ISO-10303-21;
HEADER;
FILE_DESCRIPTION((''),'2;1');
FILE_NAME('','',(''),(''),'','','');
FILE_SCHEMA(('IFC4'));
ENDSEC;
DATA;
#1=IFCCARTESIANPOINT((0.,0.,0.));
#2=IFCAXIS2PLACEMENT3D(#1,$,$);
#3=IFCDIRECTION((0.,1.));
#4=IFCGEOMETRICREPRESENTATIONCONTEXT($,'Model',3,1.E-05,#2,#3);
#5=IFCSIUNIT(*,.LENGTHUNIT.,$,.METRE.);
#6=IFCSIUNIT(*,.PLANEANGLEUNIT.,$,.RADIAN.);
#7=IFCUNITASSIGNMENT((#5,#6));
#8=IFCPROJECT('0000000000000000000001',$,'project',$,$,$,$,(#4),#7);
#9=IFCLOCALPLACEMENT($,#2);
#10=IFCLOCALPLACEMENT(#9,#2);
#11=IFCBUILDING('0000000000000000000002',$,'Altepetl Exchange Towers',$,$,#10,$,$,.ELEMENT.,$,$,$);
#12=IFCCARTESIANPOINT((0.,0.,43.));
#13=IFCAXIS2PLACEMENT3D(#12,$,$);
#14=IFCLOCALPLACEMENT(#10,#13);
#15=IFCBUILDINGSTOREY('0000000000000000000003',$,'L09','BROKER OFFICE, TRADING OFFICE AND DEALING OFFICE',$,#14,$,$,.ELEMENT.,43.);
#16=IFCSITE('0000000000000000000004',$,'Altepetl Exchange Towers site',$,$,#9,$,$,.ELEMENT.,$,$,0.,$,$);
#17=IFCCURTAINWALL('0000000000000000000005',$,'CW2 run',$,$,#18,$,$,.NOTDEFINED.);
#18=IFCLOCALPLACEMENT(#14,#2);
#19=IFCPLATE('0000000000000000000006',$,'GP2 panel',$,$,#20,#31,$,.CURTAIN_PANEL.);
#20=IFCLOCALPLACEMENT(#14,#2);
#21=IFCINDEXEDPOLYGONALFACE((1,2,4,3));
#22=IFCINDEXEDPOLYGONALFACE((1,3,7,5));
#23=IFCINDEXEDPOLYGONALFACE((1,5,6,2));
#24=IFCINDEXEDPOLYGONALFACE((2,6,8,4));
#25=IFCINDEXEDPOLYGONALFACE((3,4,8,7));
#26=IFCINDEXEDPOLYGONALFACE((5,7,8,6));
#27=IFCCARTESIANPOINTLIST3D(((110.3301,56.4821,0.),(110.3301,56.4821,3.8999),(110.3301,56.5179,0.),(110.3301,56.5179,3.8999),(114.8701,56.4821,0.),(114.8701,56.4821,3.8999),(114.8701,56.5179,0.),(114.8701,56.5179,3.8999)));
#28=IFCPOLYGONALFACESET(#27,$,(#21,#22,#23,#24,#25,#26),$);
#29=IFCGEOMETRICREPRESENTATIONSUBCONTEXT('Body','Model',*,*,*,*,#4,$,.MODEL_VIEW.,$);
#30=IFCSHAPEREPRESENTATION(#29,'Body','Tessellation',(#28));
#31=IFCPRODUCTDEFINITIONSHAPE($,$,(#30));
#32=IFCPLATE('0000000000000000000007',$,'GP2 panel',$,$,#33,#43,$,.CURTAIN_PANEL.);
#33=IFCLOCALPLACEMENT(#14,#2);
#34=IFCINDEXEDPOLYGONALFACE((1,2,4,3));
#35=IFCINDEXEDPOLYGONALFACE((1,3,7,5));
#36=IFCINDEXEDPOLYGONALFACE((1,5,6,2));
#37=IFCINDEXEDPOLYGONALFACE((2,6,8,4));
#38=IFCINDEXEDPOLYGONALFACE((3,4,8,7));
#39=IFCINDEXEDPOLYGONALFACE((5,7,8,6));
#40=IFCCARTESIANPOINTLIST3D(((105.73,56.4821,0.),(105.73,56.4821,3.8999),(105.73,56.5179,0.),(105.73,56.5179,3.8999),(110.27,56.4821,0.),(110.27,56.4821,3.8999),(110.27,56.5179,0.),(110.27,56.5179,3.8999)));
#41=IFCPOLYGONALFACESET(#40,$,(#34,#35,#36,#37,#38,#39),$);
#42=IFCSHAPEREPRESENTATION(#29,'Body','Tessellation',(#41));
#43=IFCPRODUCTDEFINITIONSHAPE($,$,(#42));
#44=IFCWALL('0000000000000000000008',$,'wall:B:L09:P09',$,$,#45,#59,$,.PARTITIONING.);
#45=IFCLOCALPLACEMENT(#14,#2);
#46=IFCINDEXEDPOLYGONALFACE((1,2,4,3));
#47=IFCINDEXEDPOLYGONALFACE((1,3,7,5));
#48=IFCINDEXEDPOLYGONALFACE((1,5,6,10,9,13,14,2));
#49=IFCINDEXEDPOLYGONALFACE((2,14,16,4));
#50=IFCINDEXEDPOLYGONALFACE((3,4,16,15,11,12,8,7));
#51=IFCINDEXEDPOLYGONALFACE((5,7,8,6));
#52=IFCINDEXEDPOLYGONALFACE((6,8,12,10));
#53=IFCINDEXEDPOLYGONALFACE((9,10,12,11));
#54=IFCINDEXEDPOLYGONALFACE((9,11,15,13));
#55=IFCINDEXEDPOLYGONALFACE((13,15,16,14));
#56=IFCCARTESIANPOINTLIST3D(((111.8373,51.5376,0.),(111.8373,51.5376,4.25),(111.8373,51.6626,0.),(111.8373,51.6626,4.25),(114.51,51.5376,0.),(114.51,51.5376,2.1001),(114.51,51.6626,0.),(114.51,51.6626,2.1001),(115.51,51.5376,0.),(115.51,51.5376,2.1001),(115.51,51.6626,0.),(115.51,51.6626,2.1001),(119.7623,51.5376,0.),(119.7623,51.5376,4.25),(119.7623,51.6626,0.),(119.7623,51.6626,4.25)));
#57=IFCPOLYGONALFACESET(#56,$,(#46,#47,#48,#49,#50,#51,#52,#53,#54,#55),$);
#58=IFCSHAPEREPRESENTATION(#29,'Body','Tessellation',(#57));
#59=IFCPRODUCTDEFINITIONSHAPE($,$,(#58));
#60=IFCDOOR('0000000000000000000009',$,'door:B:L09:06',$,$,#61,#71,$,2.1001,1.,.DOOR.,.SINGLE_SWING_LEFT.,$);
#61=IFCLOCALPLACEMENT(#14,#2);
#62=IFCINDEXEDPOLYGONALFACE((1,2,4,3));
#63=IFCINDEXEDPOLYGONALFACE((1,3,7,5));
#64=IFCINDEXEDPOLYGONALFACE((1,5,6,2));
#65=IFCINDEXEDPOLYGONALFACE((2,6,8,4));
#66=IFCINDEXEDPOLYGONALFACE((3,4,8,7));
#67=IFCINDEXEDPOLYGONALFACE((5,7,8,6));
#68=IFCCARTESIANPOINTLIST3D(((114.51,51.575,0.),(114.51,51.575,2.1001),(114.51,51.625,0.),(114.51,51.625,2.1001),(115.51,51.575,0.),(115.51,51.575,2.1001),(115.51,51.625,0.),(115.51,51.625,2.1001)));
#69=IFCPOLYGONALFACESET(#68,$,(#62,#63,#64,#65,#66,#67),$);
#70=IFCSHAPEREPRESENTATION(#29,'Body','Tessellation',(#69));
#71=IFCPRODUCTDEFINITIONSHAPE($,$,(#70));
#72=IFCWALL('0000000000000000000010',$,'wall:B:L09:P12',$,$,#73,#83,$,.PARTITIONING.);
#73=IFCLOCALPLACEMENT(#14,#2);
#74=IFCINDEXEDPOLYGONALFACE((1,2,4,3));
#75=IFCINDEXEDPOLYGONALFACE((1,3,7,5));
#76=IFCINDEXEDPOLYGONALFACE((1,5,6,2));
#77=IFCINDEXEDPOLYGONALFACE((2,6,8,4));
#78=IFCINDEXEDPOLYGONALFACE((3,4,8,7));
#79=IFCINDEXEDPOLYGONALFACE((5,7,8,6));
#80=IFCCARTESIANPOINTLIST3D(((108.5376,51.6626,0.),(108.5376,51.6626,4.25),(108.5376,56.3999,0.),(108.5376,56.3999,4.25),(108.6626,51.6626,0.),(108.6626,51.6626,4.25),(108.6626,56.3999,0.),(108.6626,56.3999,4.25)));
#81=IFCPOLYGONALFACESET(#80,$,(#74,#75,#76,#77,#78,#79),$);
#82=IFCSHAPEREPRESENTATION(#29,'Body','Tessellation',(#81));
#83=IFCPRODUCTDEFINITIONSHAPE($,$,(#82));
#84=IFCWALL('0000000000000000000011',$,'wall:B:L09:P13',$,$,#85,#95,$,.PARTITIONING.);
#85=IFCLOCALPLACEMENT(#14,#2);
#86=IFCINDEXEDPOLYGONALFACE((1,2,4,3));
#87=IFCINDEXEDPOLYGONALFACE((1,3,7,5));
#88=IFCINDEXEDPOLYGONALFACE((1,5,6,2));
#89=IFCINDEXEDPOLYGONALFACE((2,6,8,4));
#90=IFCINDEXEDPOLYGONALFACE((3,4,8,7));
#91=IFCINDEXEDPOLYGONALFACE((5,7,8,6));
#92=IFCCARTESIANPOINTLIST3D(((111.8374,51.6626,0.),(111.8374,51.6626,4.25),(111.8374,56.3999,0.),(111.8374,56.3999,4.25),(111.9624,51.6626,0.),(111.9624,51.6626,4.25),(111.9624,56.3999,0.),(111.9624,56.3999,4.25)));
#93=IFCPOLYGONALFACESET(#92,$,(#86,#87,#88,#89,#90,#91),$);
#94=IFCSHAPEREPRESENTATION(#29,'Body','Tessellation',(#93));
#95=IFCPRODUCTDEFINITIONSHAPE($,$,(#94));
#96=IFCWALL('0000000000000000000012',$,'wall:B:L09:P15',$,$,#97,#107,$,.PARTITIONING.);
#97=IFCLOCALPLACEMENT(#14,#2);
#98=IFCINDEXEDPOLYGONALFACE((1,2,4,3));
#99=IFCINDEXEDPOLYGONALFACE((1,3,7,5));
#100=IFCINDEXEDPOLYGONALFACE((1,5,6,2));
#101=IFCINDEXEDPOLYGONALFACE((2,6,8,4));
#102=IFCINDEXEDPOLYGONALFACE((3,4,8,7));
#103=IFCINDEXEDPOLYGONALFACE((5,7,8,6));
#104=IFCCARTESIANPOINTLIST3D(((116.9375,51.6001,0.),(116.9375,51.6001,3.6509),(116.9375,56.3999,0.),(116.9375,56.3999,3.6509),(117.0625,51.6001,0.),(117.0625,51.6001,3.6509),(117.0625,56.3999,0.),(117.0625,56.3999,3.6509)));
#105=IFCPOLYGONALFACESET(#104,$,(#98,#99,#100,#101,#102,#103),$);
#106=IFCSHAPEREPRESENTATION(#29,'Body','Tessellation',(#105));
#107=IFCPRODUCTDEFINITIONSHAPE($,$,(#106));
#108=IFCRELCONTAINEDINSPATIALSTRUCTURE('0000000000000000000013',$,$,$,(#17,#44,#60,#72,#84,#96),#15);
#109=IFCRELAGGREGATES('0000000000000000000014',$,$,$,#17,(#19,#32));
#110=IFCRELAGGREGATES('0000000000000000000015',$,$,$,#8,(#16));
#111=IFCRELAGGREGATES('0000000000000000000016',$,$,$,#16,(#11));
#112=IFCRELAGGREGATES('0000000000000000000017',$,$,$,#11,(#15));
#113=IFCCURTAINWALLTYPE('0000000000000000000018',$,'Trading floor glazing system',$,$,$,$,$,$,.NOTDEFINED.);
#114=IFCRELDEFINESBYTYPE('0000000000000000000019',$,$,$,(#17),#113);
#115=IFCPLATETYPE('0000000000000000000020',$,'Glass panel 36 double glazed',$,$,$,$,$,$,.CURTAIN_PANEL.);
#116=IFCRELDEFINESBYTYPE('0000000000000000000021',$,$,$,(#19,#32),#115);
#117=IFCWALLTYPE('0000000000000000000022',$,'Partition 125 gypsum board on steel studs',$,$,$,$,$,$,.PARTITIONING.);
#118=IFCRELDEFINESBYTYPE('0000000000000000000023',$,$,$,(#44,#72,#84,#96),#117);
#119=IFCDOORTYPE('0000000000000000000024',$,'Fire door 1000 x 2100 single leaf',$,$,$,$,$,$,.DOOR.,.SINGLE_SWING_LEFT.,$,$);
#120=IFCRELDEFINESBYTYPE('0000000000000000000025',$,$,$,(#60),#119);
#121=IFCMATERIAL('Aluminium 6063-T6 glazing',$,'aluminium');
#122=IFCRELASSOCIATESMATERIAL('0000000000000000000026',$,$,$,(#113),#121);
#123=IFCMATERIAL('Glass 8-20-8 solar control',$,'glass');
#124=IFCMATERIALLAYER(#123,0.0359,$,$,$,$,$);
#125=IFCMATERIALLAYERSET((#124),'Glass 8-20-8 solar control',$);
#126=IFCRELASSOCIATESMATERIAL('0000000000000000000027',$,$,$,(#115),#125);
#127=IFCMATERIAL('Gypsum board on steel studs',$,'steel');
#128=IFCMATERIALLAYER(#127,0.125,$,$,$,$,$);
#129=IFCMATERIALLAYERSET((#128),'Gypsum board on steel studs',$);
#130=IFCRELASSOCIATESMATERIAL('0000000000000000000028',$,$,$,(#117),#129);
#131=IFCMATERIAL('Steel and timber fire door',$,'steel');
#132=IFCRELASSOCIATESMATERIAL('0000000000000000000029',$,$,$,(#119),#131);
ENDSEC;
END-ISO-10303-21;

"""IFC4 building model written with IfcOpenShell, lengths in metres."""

from ifc_helpers import new_model, si_unit, direction, frame, frame_2d, origin, origin_2d, place, context, subcontext, project, spatial, rectangle, extrude, material, layer, layer_set, type_object, element, fill, aggregate, save


model = new_model("IFC4")

# Units and contexts
model_context = context("Model", 3, precision=1e-05, world=origin(), true_north=direction((0.0, 1.0)))
body_context = subcontext(model_context, "Body", "Model", "MODEL_VIEW")
ifc_project = project(units=[si_unit("LENGTHUNIT", "METRE"), si_unit("PLANEANGLEUNIT", "RADIAN")], contexts=[model_context])

# Site, building, storey
site_placement = place(None, origin())
site = spatial("IfcSite", under=ifc_project, at=site_placement, Name="Altepetl Exchange Towers site", CompositionType="ELEMENT", RefElevation=0.0)
building_placement = place(site_placement, origin())
building = spatial("IfcBuilding", under=site, at=building_placement, Name="Altepetl Exchange Towers", CompositionType="ELEMENT")
storey_placement = place(building_placement, frame((0.0, 0.0, 43.0)))
storey = spatial("IfcBuildingStorey", under=building, at=storey_placement, Name="L09", Description="BROKER OFFICE, TRADING OFFICE AND DEALING OFFICE", CompositionType="ELEMENT", Elevation=43.0)

# Curtain wall
ifc_material_1 = material(Name="Aluminium 6063-T6 glazing", Category="aluminium")
curtain_wall_type = type_object("IfcCurtainWallType", Name="Trading floor glazing system", PredefinedType="NOTDEFINED", material=ifc_material_1)
curtain_wall_placement = place(storey_placement, origin())
curtain_wall = element("IfcCurtainWall", 1, at=curtain_wall_placement, inside=storey, type_object=curtain_wall_type, Name="CW2 run", PredefinedType="NOTDEFINED")

# Plates
ifc_material_2 = material(Name="Glass 8-20-8 solar control", Category="glass")
ifc_layer_1 = layer(ifc_material_2, 0.0359)
ifc_layer_set_1 = layer_set([ifc_layer_1], Name="Glass 8-20-8 solar control")
plate_type = type_object("IfcPlateType", Name="Glass panel 36 double glazed", PredefinedType="CURTAIN_PANEL", material=ifc_layer_set_1)
plate_1_placement = place(storey_placement, frame((112.6001, 56.5, 0.0), z_axis=(0.0, 0.0, 1.0), x_axis=(-1.0, 0.0, 0.0)))
plate_1 = element("IfcPlate", 2, at=plate_1_placement, type_object=plate_type, Name="GP2 panel", PredefinedType="CURTAIN_PANEL", context=body_context, shape_type="SweptSolid", body=[
    extrude(rectangle(XDim=4.54, YDim=0.0359, at=origin_2d()), origin(), (0.0, 0.0, 1.0), 3.8999),
])
plate_2_placement = place(storey_placement, frame((108.0, 56.5, 0.0), z_axis=(0.0, 0.0, 1.0), x_axis=(-1.0, 0.0, 0.0)))
plate_2 = element("IfcPlate", 3, at=plate_2_placement, type_object=plate_type, Name="GP2 panel", PredefinedType="CURTAIN_PANEL", context=body_context, shape_type="SweptSolid", body=[
    extrude(rectangle(XDim=4.54, YDim=0.0359, at=origin_2d()), origin(), (0.0, 0.0, 1.0), 3.8999),
])
aggregate(curtain_wall, [plate_1, plate_2])

# Wall, opening, door
ifc_material_3 = material(Name="Gypsum board on steel studs", Category="steel")
ifc_layer_2 = layer(ifc_material_3, 0.125)
ifc_layer_set_2 = layer_set([ifc_layer_2], Name="Gypsum board on steel studs")
wall_type = type_object("IfcWallType", Name="Partition 125 gypsum board on steel studs", PredefinedType="PARTITIONING", material=ifc_layer_set_2)
wall_1_placement = place(storey_placement, frame((111.8374, 51.6001, 0.0)))
wall_1 = element("IfcWall", 4, at=wall_1_placement, inside=storey, type_object=wall_type, Name="wall:B:L09:P09", PredefinedType="PARTITIONING", context=body_context, shape_type="SweptSolid", body=[
    extrude(rectangle(XDim=7.925, YDim=0.125, at=frame_2d((3.9624, 0.0))), origin(), (0.0, 0.0, 1.0), 4.25),
])
opening_placement = place(wall_1_placement, frame((2.6726, 0.0, 0.0)))
opening = element("IfcOpeningElement", 5, at=opening_placement, cuts=wall_1, PredefinedType="OPENING", context=body_context, shape_type="SweptSolid", body=[
    extrude(rectangle(XDim=1.0, YDim=2.1001, at=frame_2d((0.5, 1.05))), frame((0.0, 0.0725, 0.0), z_axis=(0.0, -1.0, 0.0), x_axis=(1.0, 0.0, 0.0)), (0.0, 0.0, 1.0), 0.145),
])
ifc_material_4 = material(Name="Steel and timber fire door", Category="steel")
door_type = type_object("IfcDoorType", Name="Fire door 1000 x 2100 single leaf", OperationType="SINGLE_SWING_LEFT", PredefinedType="DOOR", material=ifc_material_4)
door_placement = place(opening_placement, origin())
door = element("IfcDoor", 6, at=door_placement, inside=storey, type_object=door_type, Name="door:B:L09:06", OperationType="SINGLE_SWING_LEFT", OverallHeight=2.1001, OverallWidth=1.0, PredefinedType="DOOR", context=body_context, shape_type="SweptSolid", body=[
    extrude(rectangle(XDim=1.0, YDim=2.1001, at=frame_2d((0.5, 1.05))), frame((0.0, 0.0249, 0.0), z_axis=(0.0, -1.0, 0.0), x_axis=(1.0, 0.0, 0.0)), (0.0, 0.0, 1.0), 0.05),
])
fill(opening, door)

# Walls
for number, where, z_axis, x_axis, name in (
    (7, (108.6001, 51.6626, 0.0), (0.0, 0.0, 1.0), (0.0, 1.0, 0.0), "wall:B:L09:P12"),
    (8, (111.8999, 51.6626, 0.0), (0.0, 0.0, 1.0), (0.0, 1.0, 0.0), "wall:B:L09:P13"),
):
    element("IfcWall", number, at=place(storey_placement, frame(where, z_axis=z_axis, x_axis=x_axis)), inside=storey, type_object=wall_type, Name=name, PredefinedType="PARTITIONING", context=body_context, shape_type="SweptSolid", body=[
        extrude(rectangle(XDim=4.7373, YDim=0.125, at=frame_2d((2.3687, 0.0))), origin(), (0.0, 0.0, 1.0), 4.25),
    ])
wall_2_placement = place(storey_placement, frame((117.0, 51.6001, 0.0), z_axis=(0.0, 0.0, 1.0), x_axis=(0.0, 1.0, 0.0)))
element("IfcWall", 9, at=wall_2_placement, inside=storey, type_object=wall_type, Name="wall:B:L09:P15", PredefinedType="PARTITIONING", context=body_context, shape_type="SweptSolid", body=[
    extrude(rectangle(XDim=4.7998, YDim=0.125, at=frame_2d((2.3999, 0.0))), origin(), (0.0, 0.0, 1.0), 3.6509),
])

save(model, "model.ifc")
